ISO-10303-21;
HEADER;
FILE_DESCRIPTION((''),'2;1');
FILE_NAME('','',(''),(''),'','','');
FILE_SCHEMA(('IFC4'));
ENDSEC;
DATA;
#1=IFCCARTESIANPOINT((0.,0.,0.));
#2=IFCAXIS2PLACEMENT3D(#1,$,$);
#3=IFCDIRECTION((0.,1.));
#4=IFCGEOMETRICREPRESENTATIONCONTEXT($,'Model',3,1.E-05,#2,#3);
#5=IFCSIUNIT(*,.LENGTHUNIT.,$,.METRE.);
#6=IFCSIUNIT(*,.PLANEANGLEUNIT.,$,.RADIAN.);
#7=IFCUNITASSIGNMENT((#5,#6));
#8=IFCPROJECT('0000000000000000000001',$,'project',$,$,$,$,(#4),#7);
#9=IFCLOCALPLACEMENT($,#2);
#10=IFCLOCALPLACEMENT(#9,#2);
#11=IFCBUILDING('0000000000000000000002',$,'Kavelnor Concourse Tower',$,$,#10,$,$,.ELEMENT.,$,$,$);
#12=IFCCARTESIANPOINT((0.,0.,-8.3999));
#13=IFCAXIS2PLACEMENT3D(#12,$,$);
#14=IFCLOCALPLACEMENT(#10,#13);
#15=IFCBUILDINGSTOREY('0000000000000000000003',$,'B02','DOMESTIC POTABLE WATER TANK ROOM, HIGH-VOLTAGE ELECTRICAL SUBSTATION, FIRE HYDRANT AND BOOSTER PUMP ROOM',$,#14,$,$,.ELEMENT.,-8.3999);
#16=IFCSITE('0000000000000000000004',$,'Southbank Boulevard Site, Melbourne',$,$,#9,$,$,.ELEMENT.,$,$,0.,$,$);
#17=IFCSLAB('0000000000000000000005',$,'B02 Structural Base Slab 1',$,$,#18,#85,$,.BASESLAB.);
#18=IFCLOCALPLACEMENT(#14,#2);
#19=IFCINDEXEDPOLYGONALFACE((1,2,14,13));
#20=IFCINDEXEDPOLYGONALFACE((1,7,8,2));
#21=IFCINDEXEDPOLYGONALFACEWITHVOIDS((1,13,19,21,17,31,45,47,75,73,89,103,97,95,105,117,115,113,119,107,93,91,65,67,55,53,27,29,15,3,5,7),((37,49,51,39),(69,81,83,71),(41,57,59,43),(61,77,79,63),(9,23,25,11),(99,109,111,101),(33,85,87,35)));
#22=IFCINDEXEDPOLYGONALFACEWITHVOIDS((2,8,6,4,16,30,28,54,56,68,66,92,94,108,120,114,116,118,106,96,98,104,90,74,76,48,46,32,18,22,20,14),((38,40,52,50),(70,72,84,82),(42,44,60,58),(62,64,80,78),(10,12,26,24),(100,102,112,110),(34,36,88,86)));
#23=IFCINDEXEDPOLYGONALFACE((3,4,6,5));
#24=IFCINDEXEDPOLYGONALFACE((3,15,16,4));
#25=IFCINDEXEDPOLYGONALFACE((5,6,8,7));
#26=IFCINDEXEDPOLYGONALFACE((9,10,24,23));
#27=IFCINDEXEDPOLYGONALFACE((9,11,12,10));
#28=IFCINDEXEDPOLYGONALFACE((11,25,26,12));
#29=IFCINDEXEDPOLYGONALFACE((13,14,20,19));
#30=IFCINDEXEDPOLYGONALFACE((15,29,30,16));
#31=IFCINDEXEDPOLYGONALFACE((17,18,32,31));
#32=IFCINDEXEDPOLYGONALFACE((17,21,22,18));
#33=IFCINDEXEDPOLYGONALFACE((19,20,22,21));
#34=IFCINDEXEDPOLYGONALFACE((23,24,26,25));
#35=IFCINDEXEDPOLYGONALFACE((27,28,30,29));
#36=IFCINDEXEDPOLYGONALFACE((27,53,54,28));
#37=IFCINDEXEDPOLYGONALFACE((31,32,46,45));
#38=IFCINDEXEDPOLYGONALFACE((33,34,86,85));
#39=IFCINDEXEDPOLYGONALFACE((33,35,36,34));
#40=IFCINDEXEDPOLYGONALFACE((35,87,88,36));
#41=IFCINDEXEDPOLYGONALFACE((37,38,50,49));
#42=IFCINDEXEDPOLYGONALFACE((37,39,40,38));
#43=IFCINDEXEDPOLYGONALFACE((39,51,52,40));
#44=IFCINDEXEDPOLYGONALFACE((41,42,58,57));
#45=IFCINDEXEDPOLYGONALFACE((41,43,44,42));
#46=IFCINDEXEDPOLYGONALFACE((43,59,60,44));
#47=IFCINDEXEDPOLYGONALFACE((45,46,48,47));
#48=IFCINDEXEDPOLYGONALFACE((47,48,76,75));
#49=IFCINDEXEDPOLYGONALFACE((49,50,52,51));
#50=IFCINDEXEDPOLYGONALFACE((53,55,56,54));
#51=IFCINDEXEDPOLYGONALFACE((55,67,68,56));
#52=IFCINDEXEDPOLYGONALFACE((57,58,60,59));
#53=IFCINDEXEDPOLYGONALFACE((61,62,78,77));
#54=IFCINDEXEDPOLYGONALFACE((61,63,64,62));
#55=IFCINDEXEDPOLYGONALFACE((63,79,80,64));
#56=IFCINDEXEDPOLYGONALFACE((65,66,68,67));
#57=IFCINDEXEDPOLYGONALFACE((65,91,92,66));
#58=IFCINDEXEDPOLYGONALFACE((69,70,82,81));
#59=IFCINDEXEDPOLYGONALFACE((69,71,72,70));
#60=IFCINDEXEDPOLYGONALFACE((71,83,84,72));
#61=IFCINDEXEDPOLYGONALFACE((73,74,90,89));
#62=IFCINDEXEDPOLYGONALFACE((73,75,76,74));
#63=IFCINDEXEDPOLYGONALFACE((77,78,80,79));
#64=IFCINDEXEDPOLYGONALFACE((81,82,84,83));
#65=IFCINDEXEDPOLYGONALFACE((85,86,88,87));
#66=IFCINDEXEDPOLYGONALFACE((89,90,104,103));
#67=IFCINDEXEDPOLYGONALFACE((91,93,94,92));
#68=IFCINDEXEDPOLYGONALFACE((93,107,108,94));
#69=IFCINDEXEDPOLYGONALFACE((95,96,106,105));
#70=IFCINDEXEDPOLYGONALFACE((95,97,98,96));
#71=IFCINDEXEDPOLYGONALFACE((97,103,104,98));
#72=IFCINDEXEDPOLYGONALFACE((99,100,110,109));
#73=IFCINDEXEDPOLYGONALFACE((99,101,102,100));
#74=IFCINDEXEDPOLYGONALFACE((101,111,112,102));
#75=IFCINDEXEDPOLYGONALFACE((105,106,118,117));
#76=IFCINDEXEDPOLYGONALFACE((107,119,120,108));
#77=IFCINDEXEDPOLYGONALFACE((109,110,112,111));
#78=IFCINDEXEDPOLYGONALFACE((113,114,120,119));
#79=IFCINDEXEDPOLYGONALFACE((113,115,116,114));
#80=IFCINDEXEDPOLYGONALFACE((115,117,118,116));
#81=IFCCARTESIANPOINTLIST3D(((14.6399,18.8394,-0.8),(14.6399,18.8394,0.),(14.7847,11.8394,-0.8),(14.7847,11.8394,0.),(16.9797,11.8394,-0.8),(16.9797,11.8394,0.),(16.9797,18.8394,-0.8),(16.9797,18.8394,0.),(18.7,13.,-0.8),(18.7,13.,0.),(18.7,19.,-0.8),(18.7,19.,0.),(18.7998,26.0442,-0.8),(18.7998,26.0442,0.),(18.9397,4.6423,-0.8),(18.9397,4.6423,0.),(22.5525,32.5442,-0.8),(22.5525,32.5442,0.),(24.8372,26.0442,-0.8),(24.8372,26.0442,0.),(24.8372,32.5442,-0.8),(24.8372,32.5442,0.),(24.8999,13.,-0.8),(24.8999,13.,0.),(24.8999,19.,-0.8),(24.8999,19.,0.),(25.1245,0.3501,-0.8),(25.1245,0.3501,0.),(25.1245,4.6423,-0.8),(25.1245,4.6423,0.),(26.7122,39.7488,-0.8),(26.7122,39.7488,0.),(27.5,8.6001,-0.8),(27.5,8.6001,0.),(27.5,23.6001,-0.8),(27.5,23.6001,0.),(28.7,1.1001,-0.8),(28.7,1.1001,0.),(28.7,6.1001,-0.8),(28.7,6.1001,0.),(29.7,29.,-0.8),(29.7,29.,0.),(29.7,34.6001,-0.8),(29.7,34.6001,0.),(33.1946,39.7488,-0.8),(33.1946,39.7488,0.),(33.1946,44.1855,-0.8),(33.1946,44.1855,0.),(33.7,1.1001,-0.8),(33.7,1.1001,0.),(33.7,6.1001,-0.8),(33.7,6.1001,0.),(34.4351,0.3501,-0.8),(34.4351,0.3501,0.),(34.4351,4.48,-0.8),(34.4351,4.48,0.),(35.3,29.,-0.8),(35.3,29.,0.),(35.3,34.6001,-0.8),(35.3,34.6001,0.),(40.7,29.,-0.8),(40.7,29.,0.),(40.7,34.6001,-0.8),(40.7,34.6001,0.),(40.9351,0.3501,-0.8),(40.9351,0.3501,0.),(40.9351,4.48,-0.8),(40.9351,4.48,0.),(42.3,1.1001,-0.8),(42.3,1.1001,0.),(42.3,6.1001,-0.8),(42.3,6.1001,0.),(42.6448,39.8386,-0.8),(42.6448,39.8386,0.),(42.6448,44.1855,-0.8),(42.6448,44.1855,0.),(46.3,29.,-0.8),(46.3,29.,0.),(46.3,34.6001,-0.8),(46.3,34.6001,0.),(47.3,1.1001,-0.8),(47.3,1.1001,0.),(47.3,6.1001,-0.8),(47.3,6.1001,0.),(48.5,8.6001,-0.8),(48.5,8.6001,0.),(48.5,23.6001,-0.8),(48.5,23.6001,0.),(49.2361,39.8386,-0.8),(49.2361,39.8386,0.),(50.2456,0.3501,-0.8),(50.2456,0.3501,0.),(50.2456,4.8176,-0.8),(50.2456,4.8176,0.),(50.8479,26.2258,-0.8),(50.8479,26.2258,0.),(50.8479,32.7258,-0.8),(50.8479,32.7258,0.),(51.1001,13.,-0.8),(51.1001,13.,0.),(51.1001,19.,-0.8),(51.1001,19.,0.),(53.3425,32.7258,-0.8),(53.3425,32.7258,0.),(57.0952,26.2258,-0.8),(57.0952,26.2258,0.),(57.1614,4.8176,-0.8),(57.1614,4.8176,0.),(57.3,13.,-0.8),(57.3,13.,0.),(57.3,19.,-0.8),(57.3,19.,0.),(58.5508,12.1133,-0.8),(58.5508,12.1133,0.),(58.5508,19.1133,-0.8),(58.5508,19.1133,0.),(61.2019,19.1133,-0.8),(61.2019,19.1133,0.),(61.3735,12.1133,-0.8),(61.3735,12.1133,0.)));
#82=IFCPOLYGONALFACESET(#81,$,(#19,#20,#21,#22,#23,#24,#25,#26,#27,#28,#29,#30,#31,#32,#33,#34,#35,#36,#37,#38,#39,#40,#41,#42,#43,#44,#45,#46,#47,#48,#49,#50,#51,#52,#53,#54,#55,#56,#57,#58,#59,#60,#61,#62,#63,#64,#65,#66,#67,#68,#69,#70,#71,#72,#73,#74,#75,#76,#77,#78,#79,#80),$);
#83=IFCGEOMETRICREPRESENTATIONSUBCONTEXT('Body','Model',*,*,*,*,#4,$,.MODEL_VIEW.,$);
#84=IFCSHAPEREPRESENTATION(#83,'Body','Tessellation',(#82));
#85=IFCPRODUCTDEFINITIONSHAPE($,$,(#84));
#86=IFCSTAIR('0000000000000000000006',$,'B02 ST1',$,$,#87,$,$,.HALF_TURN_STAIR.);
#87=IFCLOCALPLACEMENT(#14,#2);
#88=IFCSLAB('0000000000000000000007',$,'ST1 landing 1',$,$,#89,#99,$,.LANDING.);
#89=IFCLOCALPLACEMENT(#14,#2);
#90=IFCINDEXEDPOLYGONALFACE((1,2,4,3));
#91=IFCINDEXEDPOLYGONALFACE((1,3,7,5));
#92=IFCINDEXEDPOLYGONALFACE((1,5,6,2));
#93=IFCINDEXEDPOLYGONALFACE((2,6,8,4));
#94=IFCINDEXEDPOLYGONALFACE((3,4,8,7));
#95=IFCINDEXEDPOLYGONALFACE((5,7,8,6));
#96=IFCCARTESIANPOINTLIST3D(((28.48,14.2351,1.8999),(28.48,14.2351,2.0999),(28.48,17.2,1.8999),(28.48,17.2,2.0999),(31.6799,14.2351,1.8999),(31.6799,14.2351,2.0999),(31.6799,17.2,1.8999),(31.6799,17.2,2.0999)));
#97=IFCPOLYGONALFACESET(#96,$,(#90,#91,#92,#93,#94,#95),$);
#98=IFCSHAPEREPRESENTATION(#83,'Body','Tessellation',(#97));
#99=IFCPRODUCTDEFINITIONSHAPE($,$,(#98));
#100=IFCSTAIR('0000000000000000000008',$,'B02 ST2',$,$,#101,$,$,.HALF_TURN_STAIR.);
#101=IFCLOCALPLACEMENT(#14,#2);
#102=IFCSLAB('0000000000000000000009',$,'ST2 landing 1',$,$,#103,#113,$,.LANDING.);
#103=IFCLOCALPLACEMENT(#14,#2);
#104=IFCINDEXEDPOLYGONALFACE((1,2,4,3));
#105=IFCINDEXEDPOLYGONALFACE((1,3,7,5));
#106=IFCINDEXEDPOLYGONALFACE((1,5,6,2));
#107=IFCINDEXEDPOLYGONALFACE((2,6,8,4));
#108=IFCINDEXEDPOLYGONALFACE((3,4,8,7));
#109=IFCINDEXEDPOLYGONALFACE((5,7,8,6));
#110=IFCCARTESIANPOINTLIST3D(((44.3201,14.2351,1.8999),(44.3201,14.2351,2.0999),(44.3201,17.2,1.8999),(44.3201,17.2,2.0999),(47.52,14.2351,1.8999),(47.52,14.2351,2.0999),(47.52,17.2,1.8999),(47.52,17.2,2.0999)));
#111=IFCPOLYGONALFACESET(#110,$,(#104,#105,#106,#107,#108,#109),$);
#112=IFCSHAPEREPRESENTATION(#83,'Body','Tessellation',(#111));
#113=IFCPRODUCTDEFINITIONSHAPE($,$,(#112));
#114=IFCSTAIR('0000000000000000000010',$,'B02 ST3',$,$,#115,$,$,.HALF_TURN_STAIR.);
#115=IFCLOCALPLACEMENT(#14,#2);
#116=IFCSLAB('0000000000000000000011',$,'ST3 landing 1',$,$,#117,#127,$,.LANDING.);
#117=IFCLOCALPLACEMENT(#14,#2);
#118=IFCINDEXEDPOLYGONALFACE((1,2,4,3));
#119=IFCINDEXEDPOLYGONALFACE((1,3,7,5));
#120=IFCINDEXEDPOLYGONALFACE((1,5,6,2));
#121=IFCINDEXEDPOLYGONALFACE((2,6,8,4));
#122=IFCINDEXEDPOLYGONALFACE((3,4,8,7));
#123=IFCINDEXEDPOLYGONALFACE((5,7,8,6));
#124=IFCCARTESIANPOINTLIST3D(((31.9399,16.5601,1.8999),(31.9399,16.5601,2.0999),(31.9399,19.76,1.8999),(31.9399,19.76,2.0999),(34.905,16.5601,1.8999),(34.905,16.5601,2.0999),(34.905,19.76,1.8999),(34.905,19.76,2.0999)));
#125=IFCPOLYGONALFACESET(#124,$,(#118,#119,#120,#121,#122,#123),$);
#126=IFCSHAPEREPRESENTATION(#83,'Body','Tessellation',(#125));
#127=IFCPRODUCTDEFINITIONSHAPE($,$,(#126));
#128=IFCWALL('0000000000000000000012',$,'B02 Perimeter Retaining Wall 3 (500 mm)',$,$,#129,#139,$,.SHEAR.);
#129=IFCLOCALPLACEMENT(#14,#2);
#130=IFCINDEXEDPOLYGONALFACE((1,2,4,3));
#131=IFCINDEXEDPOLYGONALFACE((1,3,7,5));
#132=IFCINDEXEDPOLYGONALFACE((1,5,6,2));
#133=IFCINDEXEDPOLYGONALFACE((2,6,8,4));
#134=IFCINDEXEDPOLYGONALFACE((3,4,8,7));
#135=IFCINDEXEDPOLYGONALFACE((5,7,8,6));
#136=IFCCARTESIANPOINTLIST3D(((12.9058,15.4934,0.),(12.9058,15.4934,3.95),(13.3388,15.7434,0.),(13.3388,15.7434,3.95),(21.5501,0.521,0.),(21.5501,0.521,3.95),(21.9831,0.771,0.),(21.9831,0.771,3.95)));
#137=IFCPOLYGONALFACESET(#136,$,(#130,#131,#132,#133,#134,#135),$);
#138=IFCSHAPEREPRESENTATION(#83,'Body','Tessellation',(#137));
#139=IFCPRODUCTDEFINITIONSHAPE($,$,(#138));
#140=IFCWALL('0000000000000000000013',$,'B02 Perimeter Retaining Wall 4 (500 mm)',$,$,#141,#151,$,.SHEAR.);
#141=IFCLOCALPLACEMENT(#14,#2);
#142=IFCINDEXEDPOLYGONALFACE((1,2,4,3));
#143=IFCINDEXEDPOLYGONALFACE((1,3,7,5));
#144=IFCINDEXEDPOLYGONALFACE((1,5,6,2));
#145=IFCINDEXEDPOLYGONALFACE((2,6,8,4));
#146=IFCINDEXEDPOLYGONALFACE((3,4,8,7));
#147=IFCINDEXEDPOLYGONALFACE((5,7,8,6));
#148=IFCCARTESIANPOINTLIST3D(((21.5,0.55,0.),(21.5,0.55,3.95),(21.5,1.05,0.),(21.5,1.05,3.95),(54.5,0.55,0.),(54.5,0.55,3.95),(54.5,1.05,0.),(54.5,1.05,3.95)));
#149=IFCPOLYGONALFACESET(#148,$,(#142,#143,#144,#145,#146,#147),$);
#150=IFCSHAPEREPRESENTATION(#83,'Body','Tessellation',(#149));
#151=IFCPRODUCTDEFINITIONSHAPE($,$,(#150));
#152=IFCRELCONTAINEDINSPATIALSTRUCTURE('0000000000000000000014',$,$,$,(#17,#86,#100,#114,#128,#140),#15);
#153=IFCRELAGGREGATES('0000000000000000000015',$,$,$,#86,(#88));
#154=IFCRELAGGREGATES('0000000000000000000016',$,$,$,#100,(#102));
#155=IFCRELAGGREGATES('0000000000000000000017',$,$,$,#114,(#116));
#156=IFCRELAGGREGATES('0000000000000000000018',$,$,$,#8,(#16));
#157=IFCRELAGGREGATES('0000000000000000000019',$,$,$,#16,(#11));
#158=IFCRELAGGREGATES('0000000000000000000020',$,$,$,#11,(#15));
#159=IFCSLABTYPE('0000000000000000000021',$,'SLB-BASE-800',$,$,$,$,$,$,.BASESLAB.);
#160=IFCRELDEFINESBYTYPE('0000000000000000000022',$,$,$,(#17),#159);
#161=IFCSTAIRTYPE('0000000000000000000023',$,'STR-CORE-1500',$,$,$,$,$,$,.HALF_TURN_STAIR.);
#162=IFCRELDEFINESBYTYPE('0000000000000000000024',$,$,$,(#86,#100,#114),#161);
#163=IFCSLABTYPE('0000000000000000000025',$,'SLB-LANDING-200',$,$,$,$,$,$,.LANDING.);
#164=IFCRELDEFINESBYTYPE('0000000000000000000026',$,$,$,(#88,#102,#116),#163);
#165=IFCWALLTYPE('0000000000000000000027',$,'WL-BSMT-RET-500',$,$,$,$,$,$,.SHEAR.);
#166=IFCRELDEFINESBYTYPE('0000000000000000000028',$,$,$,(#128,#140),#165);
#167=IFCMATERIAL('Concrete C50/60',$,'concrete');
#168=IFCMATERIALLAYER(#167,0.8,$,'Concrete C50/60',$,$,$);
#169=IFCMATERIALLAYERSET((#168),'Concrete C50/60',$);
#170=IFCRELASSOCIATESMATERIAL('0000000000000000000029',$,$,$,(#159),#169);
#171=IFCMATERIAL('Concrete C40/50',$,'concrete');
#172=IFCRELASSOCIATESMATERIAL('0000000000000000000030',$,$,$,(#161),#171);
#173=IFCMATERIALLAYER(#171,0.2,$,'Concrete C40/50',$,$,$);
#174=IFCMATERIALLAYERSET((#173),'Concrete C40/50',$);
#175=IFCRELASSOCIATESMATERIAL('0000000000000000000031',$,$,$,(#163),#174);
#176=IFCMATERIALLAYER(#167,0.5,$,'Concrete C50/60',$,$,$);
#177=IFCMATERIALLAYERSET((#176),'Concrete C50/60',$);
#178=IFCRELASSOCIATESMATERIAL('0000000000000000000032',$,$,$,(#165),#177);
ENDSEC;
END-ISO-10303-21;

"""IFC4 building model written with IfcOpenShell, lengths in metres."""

from ifc_helpers import new_model, si_unit, direction, frame, frame_2d, origin, place, context, subcontext, project, spatial, polyline, rectangle, outline, extrude, material, layer, layer_set, type_object, element, aggregate, save


model = new_model("IFC4")

# Units and contexts
model_context = context("Model", 3, precision=1e-05, world=origin(), true_north=direction((0.0, 1.0)))
body_context = subcontext(model_context, "Body", "Model", "MODEL_VIEW")
ifc_project = project(units=[si_unit("LENGTHUNIT", "METRE"), si_unit("PLANEANGLEUNIT", "RADIAN")], contexts=[model_context])

# Site, building, storey
site_placement = place(None, origin())
site = spatial("IfcSite", under=ifc_project, at=site_placement, Name="Southbank Boulevard Site, Melbourne", CompositionType="ELEMENT", RefElevation=0.0)
building_placement = place(site_placement, origin())
building = spatial("IfcBuilding", under=site, at=building_placement, Name="Kavelnor Concourse Tower", CompositionType="ELEMENT")
storey_placement = place(building_placement, frame((0.0, 0.0, -8.3999)))
storey = spatial("IfcBuildingStorey", under=building, at=storey_placement, Name="B02", Description="DOMESTIC POTABLE WATER TANK ROOM, HIGH-VOLTAGE ELECTRICAL SUBSTATION, FIRE HYDRANT AND BOOSTER PUMP ROOM", CompositionType="ELEMENT", Elevation=-8.3999)

# Shared definitions
ifc_material_1 = material(Name="Concrete C50/60", Category="concrete")

# Slab
ifc_layer_1 = layer(ifc_material_1, 0.8, Name="Concrete C50/60")
ifc_layer_set_1 = layer_set([ifc_layer_1], Name="Concrete C50/60")
slab_type_1 = type_object("IfcSlabType", Name="SLB-BASE-800", PredefinedType="BASESLAB", material=ifc_layer_set_1)
slab_1_placement = place(storey_placement, frame((0.0, 0.0, -0.8)))
element("IfcSlab", 1, at=slab_1_placement, inside=storey, type_object=slab_type_1, Name="B02 Structural Base Slab 1", PredefinedType="BASESLAB", context=body_context, shape_type="SweptSolid", body=[
    extrude(outline(polyline([(53.3425, 32.7258), (50.8479, 32.7258), (50.8479, 26.2258), (57.0952, 26.2258), (61.2019, 19.1133), (58.5508, 19.1133), (58.5508, 12.1133), (61.3735, 12.1133), (57.1614, 4.8176), (50.2456, 4.8176), (50.2456, 0.3501), (40.9351, 0.3501), (40.9351, 4.48), (34.4351, 4.48), (34.4351, 0.3501), (25.1245, 0.3501), (25.1245, 4.6423), (18.9397, 4.6423), (14.7847, 11.8394), (16.9797, 11.8394), (16.9797, 18.8394), (14.6399, 18.8394), (18.7998, 26.0442), (24.8372, 26.0442), (24.8372, 32.5442), (22.5525, 32.5442), (26.7122, 39.7488), (33.1946, 39.7488), (33.1946, 44.1855), (42.6448, 44.1855), (42.6448, 39.8386), (49.2361, 39.8386), (53.3425, 32.7258)]), holes=[polyline([(33.7, 6.1001), (28.7, 6.1001), (28.7, 1.1001), (33.7, 1.1001), (33.7, 6.1001)]), polyline([(24.8999, 13.0), (24.8999, 19.0), (18.7, 19.0), (18.7, 13.0), (24.8999, 13.0)]), polyline([(48.5, 23.6001), (27.5, 23.6001), (27.5, 8.6001), (48.5, 8.6001), (48.5, 23.6001)]), polyline([(35.3, 34.6001), (29.7, 34.6001), (29.7, 29.0), (35.3, 29.0), (35.3, 34.6001)]), polyline([(47.3, 6.1001), (42.3, 6.1001), (42.3, 1.1001), (47.3, 1.1001), (47.3, 6.1001)]), polyline([(57.3, 13.0), (57.3, 19.0), (51.1001, 19.0), (51.1001, 13.0), (57.3, 13.0)]), polyline([(46.3, 29.0), (46.3, 34.6001), (40.7, 34.6001), (40.7, 29.0), (46.3, 29.0)])]), origin(), (0.0, 0.0, 1.0), 0.8),
])

# Stairs, slabs
ifc_material_2 = material(Name="Concrete C40/50", Category="concrete")
stair_type = type_object("IfcStairType", Name="STR-CORE-1500", PredefinedType="HALF_TURN_STAIR", material=ifc_material_2)
stair_1_placement = place(storey_placement, origin())
stair_1 = element("IfcStair", 2, at=stair_1_placement, inside=storey, type_object=stair_type, Name="B02 ST1", PredefinedType="HALF_TURN_STAIR")
ifc_layer_2 = layer(ifc_material_2, 0.2, Name="Concrete C40/50")
ifc_layer_set_2 = layer_set([ifc_layer_2], Name="Concrete C40/50")
slab_type_2 = type_object("IfcSlabType", Name="SLB-LANDING-200", PredefinedType="LANDING", material=ifc_layer_set_2)
slab_2_placement = place(storey_placement, frame((0.0, 0.0, 1.8999)))
slab_2 = element("IfcSlab", 3, at=slab_2_placement, type_object=slab_type_2, Name="ST1 landing 1", PredefinedType="LANDING", context=body_context, shape_type="SweptSolid", body=[
    extrude(outline(polyline([(31.6799, 14.2351), (31.6799, 17.2), (28.48, 17.2), (28.48, 14.2351), (31.6799, 14.2351)])), origin(), (0.0, 0.0, 1.0), 0.2),
])
aggregate(stair_1, [slab_2])
stair_2_placement = place(storey_placement, origin())
stair_2 = element("IfcStair", 4, at=stair_2_placement, inside=storey, type_object=stair_type, Name="B02 ST2", PredefinedType="HALF_TURN_STAIR")
slab_3_placement = place(storey_placement, frame((0.0, 0.0, 1.8999)))
slab_3 = element("IfcSlab", 5, at=slab_3_placement, type_object=slab_type_2, Name="ST2 landing 1", PredefinedType="LANDING", context=body_context, shape_type="SweptSolid", body=[
    extrude(outline(polyline([(47.52, 14.2351), (47.52, 17.2), (44.3201, 17.2), (44.3201, 14.2351), (47.52, 14.2351)])), origin(), (0.0, 0.0, 1.0), 0.2),
])
aggregate(stair_2, [slab_3])
stair_3_placement = place(storey_placement, origin())
stair_3 = element("IfcStair", 6, at=stair_3_placement, inside=storey, type_object=stair_type, Name="B02 ST3", PredefinedType="HALF_TURN_STAIR")
slab_4_placement = place(storey_placement, frame((0.0, 0.0, 1.8999)))
slab_4 = element("IfcSlab", 7, at=slab_4_placement, type_object=slab_type_2, Name="ST3 landing 1", PredefinedType="LANDING", context=body_context, shape_type="SweptSolid", body=[
    extrude(outline(polyline([(34.905, 19.76), (31.9399, 19.76), (31.9399, 16.5601), (34.905, 16.5601), (34.905, 19.76)])), origin(), (0.0, 0.0, 1.0), 0.2),
])
aggregate(stair_3, [slab_4])

# Walls
ifc_layer_3 = layer(ifc_material_1, 0.5, Name="Concrete C50/60")
ifc_layer_set_3 = layer_set([ifc_layer_3], Name="Concrete C50/60")
wall_type = type_object("IfcWallType", Name="WL-BSMT-RET-500", PredefinedType="SHEAR", material=ifc_layer_set_3)
wall_1_placement = place(storey_placement, frame((13.1223, 15.6184, 0.0), z_axis=(0.0, 0.0, 1.0), x_axis=(0.499998, -0.866026, 0.0)))
element("IfcWall", 8, at=wall_1_placement, inside=storey, type_object=wall_type, Name="B02 Perimeter Retaining Wall 3 (500 mm)", PredefinedType="SHEAR", context=body_context, shape_type="SweptSolid", body=[
    extrude(rectangle(XDim=17.2886, YDim=0.5, at=frame_2d((8.6443, 0.0))), origin(), (0.0, 0.0, 1.0), 3.95),
])
wall_2_placement = place(storey_placement, frame((21.5, 0.8, 0.0), z_axis=(0.0, 0.0, 1.0), x_axis=(1.0, 0.0, 0.0)))
element("IfcWall", 9, at=wall_2_placement, inside=storey, type_object=wall_type, Name="B02 Perimeter Retaining Wall 4 (500 mm)", PredefinedType="SHEAR", context=body_context, shape_type="SweptSolid", body=[
    extrude(rectangle(XDim=33.0, YDim=0.5, at=frame_2d((16.5, 0.0))), origin(), (0.0, 0.0, 1.0), 3.95),
])

save(model, "model.ifc")
